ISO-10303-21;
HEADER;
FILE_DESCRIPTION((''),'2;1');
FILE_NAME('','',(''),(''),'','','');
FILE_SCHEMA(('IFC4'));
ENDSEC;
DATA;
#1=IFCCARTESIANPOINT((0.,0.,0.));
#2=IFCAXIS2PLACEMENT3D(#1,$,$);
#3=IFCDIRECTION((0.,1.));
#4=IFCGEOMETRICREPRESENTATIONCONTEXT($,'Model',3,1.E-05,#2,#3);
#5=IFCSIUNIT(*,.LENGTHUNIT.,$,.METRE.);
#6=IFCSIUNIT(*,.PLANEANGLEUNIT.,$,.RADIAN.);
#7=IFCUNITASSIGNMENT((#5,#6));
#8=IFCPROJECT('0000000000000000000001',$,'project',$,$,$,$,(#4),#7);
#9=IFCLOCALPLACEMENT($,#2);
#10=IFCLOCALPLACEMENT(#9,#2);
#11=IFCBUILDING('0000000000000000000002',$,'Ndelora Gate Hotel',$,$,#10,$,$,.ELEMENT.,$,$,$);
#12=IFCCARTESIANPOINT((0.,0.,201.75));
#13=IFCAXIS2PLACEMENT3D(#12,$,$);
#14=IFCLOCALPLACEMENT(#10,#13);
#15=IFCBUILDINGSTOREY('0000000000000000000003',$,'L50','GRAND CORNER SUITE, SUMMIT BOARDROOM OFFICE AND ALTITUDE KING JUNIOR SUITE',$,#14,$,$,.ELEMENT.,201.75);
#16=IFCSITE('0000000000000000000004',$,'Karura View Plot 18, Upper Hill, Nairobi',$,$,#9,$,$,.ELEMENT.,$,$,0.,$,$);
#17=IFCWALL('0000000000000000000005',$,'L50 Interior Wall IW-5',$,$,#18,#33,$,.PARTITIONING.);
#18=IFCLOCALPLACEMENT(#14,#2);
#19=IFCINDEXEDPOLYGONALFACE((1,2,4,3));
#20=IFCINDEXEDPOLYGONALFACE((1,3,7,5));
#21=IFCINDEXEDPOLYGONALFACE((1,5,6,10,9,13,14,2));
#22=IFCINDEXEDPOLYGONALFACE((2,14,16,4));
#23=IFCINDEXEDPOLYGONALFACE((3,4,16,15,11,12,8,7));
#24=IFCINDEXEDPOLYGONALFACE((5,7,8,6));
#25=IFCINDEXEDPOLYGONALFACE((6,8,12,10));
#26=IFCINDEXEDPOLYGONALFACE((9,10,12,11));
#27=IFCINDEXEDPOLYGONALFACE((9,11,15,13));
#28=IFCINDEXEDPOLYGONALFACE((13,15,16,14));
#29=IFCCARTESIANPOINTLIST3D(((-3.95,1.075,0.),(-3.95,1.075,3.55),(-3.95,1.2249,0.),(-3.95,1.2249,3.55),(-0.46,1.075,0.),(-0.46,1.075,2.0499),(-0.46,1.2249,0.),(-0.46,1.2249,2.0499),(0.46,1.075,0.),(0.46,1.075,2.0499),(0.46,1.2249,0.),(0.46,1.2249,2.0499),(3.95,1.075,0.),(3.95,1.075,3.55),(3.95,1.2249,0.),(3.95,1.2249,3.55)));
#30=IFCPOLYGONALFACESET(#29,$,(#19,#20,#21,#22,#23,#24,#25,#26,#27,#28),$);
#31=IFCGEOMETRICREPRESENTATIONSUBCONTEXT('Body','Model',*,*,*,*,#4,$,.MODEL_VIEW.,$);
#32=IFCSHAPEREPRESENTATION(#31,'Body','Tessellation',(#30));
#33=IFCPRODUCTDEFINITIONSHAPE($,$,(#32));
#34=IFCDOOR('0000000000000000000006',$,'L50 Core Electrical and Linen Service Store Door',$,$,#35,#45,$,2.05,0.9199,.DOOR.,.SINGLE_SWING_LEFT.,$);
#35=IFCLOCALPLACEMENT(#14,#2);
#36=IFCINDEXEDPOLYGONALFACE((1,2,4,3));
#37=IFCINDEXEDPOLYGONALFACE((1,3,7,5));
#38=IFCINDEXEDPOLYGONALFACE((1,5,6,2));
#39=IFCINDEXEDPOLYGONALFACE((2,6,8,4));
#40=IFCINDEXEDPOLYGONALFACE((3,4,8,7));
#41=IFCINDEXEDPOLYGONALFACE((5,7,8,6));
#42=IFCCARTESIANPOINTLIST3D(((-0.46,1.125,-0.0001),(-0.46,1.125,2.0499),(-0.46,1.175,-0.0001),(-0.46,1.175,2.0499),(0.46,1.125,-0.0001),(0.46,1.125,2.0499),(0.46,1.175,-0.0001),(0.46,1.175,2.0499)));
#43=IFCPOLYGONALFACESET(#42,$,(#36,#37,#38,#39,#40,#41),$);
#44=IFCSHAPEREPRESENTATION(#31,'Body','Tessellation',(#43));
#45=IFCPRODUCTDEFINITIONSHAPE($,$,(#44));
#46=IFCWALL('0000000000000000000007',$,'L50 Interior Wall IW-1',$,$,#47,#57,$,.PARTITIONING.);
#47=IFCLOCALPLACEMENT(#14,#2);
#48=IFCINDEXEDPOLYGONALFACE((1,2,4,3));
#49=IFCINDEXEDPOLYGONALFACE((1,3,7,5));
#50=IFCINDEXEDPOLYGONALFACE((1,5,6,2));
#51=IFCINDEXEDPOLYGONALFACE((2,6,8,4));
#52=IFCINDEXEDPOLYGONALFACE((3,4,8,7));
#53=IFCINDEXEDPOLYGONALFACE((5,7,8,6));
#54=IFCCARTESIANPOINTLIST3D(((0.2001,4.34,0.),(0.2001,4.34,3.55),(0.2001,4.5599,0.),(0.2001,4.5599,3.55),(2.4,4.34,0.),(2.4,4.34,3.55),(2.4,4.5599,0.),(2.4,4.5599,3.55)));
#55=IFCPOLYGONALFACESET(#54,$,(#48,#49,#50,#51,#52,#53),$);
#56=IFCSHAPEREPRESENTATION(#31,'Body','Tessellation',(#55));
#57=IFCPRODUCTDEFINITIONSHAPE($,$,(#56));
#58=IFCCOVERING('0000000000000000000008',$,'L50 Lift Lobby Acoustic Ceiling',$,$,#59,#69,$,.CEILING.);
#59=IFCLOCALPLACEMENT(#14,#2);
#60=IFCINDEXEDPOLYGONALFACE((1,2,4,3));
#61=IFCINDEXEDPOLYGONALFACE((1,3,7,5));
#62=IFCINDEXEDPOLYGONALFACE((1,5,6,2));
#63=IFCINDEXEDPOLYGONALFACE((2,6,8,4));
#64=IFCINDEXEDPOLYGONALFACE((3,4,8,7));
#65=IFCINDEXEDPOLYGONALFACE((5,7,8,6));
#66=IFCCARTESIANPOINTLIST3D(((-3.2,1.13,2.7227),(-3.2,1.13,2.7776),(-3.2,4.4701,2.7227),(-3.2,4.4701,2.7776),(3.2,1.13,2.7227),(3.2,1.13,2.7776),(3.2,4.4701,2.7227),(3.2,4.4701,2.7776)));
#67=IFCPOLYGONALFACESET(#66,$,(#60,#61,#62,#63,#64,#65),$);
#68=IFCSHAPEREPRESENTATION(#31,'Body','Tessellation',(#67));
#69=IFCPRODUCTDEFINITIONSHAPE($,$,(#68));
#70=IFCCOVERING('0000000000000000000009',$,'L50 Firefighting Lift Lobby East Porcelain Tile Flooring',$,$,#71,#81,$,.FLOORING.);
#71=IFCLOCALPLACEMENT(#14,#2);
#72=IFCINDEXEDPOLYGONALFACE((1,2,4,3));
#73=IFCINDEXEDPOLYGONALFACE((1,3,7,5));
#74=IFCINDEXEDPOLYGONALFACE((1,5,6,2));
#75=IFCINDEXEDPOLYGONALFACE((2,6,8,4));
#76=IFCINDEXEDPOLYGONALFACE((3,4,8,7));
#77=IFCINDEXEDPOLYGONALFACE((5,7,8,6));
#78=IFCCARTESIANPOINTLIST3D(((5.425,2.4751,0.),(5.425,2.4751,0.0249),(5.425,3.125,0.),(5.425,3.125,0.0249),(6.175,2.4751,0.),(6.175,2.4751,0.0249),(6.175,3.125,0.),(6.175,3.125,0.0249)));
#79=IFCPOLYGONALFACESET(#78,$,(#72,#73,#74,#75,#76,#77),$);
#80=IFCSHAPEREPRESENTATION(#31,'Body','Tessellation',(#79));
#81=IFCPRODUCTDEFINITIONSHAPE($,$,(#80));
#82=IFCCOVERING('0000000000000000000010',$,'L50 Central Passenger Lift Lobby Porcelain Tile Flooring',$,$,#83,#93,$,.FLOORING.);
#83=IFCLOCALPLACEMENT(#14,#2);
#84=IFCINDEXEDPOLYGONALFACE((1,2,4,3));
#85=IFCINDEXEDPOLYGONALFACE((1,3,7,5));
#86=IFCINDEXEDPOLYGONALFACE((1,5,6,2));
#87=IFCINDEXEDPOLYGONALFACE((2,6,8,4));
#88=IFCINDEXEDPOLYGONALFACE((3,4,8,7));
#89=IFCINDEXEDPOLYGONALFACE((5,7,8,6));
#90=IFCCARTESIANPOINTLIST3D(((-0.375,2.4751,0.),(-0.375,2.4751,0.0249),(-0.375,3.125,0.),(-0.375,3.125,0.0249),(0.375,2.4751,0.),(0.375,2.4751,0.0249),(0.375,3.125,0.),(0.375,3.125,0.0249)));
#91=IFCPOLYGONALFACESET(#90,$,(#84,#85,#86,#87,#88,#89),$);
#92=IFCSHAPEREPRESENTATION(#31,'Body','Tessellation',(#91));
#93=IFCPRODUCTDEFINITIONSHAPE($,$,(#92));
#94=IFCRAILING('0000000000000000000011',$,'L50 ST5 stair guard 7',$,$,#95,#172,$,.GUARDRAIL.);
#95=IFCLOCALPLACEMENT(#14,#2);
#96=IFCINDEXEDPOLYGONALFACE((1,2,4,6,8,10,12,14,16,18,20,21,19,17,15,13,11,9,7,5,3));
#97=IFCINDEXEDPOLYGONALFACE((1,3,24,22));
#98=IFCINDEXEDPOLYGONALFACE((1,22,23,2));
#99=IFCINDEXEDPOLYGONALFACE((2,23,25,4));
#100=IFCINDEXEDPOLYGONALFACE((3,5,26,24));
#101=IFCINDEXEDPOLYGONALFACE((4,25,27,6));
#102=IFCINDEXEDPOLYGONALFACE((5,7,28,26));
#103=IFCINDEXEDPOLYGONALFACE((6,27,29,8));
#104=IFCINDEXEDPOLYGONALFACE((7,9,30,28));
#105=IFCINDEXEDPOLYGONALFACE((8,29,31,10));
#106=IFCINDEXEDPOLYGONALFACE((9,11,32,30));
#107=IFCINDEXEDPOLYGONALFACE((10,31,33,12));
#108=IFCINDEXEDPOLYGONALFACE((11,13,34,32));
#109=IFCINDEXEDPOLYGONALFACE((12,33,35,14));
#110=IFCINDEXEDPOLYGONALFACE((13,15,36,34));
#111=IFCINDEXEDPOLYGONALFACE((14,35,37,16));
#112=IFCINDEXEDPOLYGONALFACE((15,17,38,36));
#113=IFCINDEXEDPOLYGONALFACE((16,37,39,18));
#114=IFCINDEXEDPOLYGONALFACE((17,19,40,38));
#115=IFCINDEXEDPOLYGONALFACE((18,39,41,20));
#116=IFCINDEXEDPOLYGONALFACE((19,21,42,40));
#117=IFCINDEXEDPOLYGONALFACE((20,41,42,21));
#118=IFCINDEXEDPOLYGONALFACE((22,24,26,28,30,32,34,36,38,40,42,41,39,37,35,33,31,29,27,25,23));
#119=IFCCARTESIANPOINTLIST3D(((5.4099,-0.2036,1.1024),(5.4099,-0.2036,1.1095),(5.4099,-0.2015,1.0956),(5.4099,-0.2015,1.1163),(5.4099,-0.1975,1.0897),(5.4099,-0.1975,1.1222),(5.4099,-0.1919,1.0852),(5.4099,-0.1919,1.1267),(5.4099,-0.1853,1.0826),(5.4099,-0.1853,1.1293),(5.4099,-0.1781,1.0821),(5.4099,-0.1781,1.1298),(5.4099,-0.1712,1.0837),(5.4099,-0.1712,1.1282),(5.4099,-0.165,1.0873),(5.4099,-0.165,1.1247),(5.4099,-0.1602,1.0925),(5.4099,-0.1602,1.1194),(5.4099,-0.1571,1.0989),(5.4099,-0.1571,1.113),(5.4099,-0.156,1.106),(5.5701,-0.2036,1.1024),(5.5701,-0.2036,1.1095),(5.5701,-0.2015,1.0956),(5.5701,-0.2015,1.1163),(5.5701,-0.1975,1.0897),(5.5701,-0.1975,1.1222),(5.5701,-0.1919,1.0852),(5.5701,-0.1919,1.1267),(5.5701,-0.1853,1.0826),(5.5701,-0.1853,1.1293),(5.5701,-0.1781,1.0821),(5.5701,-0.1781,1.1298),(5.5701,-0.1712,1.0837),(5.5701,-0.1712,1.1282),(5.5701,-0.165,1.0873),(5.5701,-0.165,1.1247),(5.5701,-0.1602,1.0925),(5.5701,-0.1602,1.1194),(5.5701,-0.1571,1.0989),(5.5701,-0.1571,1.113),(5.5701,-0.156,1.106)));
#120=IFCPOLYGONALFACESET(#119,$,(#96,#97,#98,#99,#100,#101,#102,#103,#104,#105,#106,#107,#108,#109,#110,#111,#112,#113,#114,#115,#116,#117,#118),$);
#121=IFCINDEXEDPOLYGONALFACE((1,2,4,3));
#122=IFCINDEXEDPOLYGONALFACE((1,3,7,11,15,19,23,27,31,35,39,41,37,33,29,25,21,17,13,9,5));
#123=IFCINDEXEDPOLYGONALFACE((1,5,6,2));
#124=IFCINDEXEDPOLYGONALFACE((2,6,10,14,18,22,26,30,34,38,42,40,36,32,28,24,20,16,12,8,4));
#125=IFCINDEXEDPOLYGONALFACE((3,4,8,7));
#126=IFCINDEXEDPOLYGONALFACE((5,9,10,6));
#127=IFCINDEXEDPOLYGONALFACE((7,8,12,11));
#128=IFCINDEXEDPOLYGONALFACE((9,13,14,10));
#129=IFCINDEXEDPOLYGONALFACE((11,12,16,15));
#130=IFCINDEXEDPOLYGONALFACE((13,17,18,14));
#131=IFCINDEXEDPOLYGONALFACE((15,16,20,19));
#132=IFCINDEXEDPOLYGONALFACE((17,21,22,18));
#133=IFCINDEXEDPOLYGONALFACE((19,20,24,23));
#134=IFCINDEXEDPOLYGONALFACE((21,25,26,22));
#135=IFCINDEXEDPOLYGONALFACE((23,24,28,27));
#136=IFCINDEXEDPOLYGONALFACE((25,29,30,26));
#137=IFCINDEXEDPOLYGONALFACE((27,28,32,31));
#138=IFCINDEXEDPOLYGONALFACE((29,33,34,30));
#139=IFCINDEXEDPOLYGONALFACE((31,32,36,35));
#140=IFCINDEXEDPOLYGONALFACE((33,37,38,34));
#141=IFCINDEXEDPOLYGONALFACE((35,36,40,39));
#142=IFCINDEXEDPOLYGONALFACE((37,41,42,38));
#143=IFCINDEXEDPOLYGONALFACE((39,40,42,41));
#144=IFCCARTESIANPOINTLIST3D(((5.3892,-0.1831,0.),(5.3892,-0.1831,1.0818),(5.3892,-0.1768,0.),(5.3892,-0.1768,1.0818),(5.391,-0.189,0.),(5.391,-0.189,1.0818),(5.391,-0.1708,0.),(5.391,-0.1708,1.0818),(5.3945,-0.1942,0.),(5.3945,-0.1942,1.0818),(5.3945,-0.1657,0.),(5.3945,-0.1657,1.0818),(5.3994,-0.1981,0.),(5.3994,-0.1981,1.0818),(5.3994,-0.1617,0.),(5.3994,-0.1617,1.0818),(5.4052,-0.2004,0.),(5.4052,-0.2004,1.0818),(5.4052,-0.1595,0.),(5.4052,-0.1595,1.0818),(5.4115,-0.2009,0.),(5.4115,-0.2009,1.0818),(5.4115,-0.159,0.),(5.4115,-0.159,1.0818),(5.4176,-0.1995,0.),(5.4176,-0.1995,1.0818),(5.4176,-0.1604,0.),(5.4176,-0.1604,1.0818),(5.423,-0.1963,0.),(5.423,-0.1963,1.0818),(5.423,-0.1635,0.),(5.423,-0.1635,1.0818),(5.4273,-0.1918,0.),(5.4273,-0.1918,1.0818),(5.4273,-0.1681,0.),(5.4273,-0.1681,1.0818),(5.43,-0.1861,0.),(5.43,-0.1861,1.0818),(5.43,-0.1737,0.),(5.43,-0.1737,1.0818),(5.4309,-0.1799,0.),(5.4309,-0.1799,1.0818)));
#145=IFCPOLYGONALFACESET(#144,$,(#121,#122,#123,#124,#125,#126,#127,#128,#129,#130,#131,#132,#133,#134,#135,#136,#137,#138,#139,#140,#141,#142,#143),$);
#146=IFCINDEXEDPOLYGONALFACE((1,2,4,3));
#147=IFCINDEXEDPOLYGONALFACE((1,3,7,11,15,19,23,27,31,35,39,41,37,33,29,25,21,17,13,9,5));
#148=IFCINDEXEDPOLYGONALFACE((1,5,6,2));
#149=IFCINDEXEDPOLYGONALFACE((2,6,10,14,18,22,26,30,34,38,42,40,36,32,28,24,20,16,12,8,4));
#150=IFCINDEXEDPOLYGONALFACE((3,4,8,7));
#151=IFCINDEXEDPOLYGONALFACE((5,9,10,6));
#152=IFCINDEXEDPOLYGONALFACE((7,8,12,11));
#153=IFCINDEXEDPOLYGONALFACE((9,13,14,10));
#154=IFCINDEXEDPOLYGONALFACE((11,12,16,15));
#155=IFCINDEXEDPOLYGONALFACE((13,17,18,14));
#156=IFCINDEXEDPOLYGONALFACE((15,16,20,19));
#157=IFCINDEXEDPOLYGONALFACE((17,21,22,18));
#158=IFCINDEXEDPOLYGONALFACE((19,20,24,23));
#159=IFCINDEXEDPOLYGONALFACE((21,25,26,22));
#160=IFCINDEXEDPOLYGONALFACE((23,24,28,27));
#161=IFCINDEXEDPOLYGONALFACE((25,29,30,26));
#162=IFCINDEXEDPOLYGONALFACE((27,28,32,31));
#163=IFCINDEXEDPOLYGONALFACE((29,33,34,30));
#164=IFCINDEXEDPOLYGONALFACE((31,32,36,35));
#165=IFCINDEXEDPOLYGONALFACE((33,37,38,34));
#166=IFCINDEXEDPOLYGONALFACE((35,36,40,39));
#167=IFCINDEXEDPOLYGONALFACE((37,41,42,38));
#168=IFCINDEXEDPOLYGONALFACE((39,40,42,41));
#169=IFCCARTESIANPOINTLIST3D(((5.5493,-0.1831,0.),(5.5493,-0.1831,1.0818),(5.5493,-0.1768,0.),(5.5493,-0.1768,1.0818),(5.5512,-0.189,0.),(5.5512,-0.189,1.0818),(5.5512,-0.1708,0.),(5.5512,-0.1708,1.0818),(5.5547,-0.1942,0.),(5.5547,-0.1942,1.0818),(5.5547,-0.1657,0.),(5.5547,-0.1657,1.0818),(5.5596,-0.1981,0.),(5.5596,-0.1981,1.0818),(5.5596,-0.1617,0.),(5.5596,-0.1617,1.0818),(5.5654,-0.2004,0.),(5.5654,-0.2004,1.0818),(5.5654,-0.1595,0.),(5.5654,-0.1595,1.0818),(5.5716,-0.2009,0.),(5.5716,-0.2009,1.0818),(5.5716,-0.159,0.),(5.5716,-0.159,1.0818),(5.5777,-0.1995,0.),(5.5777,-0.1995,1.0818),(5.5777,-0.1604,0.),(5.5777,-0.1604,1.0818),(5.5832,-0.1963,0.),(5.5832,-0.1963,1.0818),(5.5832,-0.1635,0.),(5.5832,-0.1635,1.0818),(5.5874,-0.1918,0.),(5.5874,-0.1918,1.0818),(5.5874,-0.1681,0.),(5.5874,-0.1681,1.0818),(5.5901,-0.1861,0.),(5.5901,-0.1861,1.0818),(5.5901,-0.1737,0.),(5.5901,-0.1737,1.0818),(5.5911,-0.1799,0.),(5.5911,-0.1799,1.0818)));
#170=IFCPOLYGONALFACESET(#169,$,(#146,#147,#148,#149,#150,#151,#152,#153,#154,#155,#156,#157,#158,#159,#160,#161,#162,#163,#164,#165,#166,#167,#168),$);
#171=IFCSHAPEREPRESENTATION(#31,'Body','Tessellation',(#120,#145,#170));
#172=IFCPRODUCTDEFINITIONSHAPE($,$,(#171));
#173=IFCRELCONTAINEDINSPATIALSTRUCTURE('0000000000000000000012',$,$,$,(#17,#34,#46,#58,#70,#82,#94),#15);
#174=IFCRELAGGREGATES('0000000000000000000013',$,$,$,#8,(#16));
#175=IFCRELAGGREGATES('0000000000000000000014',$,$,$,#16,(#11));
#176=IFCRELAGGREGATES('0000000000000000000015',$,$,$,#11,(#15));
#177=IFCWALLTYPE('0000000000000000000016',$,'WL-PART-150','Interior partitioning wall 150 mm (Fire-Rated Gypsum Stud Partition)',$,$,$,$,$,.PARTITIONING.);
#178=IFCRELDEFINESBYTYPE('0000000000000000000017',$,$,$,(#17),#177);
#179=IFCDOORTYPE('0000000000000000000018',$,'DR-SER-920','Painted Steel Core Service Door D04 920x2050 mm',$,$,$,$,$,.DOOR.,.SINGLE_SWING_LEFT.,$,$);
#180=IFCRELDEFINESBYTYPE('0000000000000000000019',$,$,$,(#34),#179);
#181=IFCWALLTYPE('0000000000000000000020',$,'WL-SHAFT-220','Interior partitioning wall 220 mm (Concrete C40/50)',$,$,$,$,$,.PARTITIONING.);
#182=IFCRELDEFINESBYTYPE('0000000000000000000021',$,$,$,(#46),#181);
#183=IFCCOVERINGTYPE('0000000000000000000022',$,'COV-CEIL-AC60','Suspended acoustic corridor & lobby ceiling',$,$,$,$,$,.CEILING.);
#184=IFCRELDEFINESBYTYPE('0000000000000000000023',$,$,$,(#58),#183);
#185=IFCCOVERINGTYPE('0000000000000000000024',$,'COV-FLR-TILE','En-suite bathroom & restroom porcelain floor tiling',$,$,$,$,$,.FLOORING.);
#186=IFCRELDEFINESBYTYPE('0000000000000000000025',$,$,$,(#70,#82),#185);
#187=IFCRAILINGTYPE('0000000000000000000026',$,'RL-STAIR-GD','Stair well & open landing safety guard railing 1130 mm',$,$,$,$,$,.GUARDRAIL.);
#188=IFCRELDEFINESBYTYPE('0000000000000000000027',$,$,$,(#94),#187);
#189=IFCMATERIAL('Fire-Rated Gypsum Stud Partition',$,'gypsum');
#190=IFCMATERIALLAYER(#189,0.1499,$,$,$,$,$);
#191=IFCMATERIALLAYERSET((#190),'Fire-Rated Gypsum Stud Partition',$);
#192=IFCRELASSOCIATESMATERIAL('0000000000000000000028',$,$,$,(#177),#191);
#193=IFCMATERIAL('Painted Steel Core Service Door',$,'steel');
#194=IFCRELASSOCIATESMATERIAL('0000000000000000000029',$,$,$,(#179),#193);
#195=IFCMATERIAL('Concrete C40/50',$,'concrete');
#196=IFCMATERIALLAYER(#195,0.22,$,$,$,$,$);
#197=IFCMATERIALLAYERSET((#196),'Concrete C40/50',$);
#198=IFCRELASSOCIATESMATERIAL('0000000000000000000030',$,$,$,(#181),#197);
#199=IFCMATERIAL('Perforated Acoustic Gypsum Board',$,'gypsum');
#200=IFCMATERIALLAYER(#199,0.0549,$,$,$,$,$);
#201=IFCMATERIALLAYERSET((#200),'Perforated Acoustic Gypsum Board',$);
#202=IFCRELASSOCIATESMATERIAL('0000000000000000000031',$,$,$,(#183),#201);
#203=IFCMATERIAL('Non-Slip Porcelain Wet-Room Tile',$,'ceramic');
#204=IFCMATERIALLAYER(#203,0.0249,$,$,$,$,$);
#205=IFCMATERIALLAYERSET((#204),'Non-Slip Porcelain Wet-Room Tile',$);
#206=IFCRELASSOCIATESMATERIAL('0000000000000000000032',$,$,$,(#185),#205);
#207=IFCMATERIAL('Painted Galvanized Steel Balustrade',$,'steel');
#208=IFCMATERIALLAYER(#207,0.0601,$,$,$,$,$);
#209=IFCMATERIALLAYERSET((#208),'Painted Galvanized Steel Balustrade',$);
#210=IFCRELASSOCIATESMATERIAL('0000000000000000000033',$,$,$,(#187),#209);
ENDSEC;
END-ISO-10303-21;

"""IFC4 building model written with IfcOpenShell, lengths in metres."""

from ifc_helpers import new_model, si_unit, direction, frame, frame_2d, origin, origin_2d, place, context, subcontext, project, spatial, rectangle, circle, extrude, material, layer, layer_set, type_object, element, fill, save


model = new_model("IFC4")

# Units and contexts
model_context = context("Model", 3, precision=1e-05, world=origin(), true_north=direction((0.0, 1.0)))
body_context = subcontext(model_context, "Body", "Model", "MODEL_VIEW")
ifc_project = project(units=[si_unit("LENGTHUNIT", "METRE"), si_unit("PLANEANGLEUNIT", "RADIAN")], contexts=[model_context])

# Site, building, storey
site_placement = place(None, origin())
site = spatial("IfcSite", under=ifc_project, at=site_placement, Name="Karura View Plot 18, Upper Hill, Nairobi", CompositionType="ELEMENT", RefElevation=0.0)
building_placement = place(site_placement, origin())
building = spatial("IfcBuilding", under=site, at=building_placement, Name="Ndelora Gate Hotel", CompositionType="ELEMENT")
storey_placement = place(building_placement, frame((0.0, 0.0, 201.75)))
storey = spatial("IfcBuildingStorey", under=building, at=storey_placement, Name="L50", Description="GRAND CORNER SUITE, SUMMIT BOARDROOM OFFICE AND ALTITUDE KING JUNIOR SUITE", CompositionType="ELEMENT", Elevation=201.75)

# Shared definitions
ifc_material_1 = material(Name="Concrete C40/50", Category="concrete")

# Wall, opening, door
ifc_material_2 = material(Name="Fire-Rated Gypsum Stud Partition", Category="gypsum")
ifc_layer_1 = layer(ifc_material_2, 0.1499)
ifc_layer_set_1 = layer_set([ifc_layer_1], Name="Fire-Rated Gypsum Stud Partition")
wall_type_1 = type_object("IfcWallType", Name="WL-PART-150", Description="Interior partitioning wall 150 mm (Fire-Rated Gypsum Stud Partition)", PredefinedType="PARTITIONING", material=ifc_layer_set_1)
wall_1_placement = place(storey_placement, frame((3.95, 1.1499, 0.0), z_axis=(0.0, 0.0, 1.0), x_axis=(-1.0, 0.0, 0.0)))
wall_1 = element("IfcWall", 1, at=wall_1_placement, inside=storey, type_object=wall_type_1, Name="L50 Interior Wall IW-5", PredefinedType="PARTITIONING", context=body_context, shape_type="SweptSolid", body=[
    extrude(rectangle(XDim=7.8999, YDim=0.1499, at=frame_2d((3.95, 0.0))), origin(), (0.0, 0.0, 1.0), 3.55),
])
opening_1_placement = place(wall_1_placement, frame((3.49, 0.0, 0.0)))
opening_1 = element("IfcOpeningElement", 2, at=opening_1_placement, cuts=wall_1, PredefinedType="OPENING", context=body_context, shape_type="SweptSolid", body=[
    extrude(rectangle(XDim=0.9199, YDim=2.05, at=frame_2d((0.46, 1.0249))), frame((0.0, 0.085, 0.0), z_axis=(0.0, -1.0, 0.0), x_axis=(1.0, 0.0, 0.0)), (0.0, 0.0, 1.0), 0.1699),
])
ifc_material_3 = material(Name="Painted Steel Core Service Door", Category="steel")
door_type_1 = type_object("IfcDoorType", Name="DR-SER-920", Description="Painted Steel Core Service Door D04 920x2050 mm", OperationType="SINGLE_SWING_LEFT", PredefinedType="DOOR", material=ifc_material_3)
door_1_placement = place(opening_1_placement, origin())
door_1 = element("IfcDoor", 3, at=door_1_placement, inside=storey, type_object=door_type_1, Name="L50 Core Electrical and Linen Service Store Door", OperationType="SINGLE_SWING_LEFT", OverallHeight=2.05, OverallWidth=0.9199, PredefinedType="DOOR", context=body_context, shape_type="SweptSolid", body=[
    extrude(rectangle(XDim=0.9199, YDim=2.05, at=frame_2d((0.46, 1.0249))), frame((0.0, 0.0249, 0.0), z_axis=(0.0, -1.0, 0.0), x_axis=(1.0, 0.0, 0.0)), (0.0, 0.0, 1.0), 0.05),
])
fill(opening_1, door_1)
ifc_layer_2 = layer(ifc_material_1, 0.22)
ifc_layer_set_2 = layer_set([ifc_layer_2], Name="Concrete C40/50")
wall_type_2 = type_object("IfcWallType", Name="WL-SHAFT-220", Description="Interior partitioning wall 220 mm (Concrete C40/50)", PredefinedType="PARTITIONING", material=ifc_layer_set_2)

# Wall
wall_2_placement = place(storey_placement, frame((0.2, 4.45, 0.0), z_axis=(0.0, 0.0, 1.0), x_axis=(1.0, 0.0, 0.0)))
element("IfcWall", 4, at=wall_2_placement, inside=storey, type_object=wall_type_2, Name="L50 Interior Wall IW-1", PredefinedType="PARTITIONING", context=body_context, shape_type="SweptSolid", body=[
    extrude(rectangle(XDim=2.2, YDim=0.22, at=frame_2d((1.1001, 0.0))), origin(), (0.0, 0.0, 1.0), 3.55),
])

# Coverings
ifc_material_4 = material(Name="Perforated Acoustic Gypsum Board", Category="gypsum")
ifc_layer_3 = layer(ifc_material_4, 0.0549)
ifc_layer_set_3 = layer_set([ifc_layer_3], Name="Perforated Acoustic Gypsum Board")
covering_type_1 = type_object("IfcCoveringType", Name="COV-CEIL-AC60", Description="Suspended acoustic corridor & lobby ceiling", PredefinedType="CEILING", material=ifc_layer_set_3)
covering_placement = place(storey_placement, frame((0.0, 2.8, 2.7227), z_axis=(0.0, 0.0, 1.0), x_axis=(1.0, 0.0, 0.0)))
element("IfcCovering", 5, at=covering_placement, inside=storey, type_object=covering_type_1, Name="L50 Lift Lobby Acoustic Ceiling", PredefinedType="CEILING", context=body_context, shape_type="SweptSolid", body=[
    extrude(rectangle(XDim=6.3999, YDim=3.3401, at=origin_2d()), origin(), (0.0, 0.0, 1.0), 0.0549),
])
ifc_material_5 = material(Name="Non-Slip Porcelain Wet-Room Tile", Category="ceramic")
ifc_layer_4 = layer(ifc_material_5, 0.0249)
ifc_layer_set_4 = layer_set([ifc_layer_4], Name="Non-Slip Porcelain Wet-Room Tile")
covering_type_2 = type_object("IfcCoveringType", Name="COV-FLR-TILE", Description="En-suite bathroom & restroom porcelain floor tiling", PredefinedType="FLOORING", material=ifc_layer_set_4)
for number, where, z_axis, x_axis, name in (
    (6, (5.8, 2.8, 0.0), (0.0, 0.0, 1.0), (1.0, 0.0, 0.0), "L50 Firefighting Lift Lobby East Porcelain Tile Flooring"),
    (7, (0.0, 2.8, 0.0), (0.0, 0.0, 1.0), (1.0, 0.0, 0.0), "L50 Central Passenger Lift Lobby Porcelain Tile Flooring"),
):
    element("IfcCovering", number, at=place(storey_placement, frame(where, z_axis=z_axis, x_axis=x_axis)), inside=storey, type_object=covering_type_2, Name=name, PredefinedType="FLOORING", context=body_context, shape_type="SweptSolid", body=[
        extrude(rectangle(XDim=0.75, YDim=0.6499, at=origin_2d()), origin(), (0.0, 0.0, 1.0), 0.0249),
    ])

# Railing
ifc_material_6 = material(Name="Painted Galvanized Steel Balustrade", Category="steel")
ifc_layer_5 = layer(ifc_material_6, 0.0601)
ifc_layer_set_5 = layer_set([ifc_layer_5], Name="Painted Galvanized Steel Balustrade")
railing_type = type_object("IfcRailingType", Name="RL-STAIR-GD", Description="Stair well & open landing safety guard railing 1130 mm", PredefinedType="GUARDRAIL", material=ifc_layer_set_5)
railing_placement = place(storey_placement, frame((5.4099, -0.1799, 0.0)))
element("IfcRailing", 8, at=railing_placement, inside=storey, type_object=railing_type, Name="L50 ST5 stair guard 7", PredefinedType="GUARDRAIL", context=body_context, shape_type="SweptSolid", body=[
    extrude(circle(Radius=0.0239, at=origin_2d()), frame((0.0, 0.0, 1.106), z_axis=(1.0, 0.0, 0.0), x_axis=(0.0, 1.0, 0.0)), (0.0, 0.0, 1.0), 0.1602),
    extrude(circle(Radius=0.021, at=origin_2d()), origin(), (0.0, 0.0, 1.0), 1.0818),
    extrude(circle(Radius=0.021, at=origin_2d()), frame((0.1602, 0.0, 0.0)), (0.0, 0.0, 1.0), 1.0818),
])

save(model, "model.ifc")
